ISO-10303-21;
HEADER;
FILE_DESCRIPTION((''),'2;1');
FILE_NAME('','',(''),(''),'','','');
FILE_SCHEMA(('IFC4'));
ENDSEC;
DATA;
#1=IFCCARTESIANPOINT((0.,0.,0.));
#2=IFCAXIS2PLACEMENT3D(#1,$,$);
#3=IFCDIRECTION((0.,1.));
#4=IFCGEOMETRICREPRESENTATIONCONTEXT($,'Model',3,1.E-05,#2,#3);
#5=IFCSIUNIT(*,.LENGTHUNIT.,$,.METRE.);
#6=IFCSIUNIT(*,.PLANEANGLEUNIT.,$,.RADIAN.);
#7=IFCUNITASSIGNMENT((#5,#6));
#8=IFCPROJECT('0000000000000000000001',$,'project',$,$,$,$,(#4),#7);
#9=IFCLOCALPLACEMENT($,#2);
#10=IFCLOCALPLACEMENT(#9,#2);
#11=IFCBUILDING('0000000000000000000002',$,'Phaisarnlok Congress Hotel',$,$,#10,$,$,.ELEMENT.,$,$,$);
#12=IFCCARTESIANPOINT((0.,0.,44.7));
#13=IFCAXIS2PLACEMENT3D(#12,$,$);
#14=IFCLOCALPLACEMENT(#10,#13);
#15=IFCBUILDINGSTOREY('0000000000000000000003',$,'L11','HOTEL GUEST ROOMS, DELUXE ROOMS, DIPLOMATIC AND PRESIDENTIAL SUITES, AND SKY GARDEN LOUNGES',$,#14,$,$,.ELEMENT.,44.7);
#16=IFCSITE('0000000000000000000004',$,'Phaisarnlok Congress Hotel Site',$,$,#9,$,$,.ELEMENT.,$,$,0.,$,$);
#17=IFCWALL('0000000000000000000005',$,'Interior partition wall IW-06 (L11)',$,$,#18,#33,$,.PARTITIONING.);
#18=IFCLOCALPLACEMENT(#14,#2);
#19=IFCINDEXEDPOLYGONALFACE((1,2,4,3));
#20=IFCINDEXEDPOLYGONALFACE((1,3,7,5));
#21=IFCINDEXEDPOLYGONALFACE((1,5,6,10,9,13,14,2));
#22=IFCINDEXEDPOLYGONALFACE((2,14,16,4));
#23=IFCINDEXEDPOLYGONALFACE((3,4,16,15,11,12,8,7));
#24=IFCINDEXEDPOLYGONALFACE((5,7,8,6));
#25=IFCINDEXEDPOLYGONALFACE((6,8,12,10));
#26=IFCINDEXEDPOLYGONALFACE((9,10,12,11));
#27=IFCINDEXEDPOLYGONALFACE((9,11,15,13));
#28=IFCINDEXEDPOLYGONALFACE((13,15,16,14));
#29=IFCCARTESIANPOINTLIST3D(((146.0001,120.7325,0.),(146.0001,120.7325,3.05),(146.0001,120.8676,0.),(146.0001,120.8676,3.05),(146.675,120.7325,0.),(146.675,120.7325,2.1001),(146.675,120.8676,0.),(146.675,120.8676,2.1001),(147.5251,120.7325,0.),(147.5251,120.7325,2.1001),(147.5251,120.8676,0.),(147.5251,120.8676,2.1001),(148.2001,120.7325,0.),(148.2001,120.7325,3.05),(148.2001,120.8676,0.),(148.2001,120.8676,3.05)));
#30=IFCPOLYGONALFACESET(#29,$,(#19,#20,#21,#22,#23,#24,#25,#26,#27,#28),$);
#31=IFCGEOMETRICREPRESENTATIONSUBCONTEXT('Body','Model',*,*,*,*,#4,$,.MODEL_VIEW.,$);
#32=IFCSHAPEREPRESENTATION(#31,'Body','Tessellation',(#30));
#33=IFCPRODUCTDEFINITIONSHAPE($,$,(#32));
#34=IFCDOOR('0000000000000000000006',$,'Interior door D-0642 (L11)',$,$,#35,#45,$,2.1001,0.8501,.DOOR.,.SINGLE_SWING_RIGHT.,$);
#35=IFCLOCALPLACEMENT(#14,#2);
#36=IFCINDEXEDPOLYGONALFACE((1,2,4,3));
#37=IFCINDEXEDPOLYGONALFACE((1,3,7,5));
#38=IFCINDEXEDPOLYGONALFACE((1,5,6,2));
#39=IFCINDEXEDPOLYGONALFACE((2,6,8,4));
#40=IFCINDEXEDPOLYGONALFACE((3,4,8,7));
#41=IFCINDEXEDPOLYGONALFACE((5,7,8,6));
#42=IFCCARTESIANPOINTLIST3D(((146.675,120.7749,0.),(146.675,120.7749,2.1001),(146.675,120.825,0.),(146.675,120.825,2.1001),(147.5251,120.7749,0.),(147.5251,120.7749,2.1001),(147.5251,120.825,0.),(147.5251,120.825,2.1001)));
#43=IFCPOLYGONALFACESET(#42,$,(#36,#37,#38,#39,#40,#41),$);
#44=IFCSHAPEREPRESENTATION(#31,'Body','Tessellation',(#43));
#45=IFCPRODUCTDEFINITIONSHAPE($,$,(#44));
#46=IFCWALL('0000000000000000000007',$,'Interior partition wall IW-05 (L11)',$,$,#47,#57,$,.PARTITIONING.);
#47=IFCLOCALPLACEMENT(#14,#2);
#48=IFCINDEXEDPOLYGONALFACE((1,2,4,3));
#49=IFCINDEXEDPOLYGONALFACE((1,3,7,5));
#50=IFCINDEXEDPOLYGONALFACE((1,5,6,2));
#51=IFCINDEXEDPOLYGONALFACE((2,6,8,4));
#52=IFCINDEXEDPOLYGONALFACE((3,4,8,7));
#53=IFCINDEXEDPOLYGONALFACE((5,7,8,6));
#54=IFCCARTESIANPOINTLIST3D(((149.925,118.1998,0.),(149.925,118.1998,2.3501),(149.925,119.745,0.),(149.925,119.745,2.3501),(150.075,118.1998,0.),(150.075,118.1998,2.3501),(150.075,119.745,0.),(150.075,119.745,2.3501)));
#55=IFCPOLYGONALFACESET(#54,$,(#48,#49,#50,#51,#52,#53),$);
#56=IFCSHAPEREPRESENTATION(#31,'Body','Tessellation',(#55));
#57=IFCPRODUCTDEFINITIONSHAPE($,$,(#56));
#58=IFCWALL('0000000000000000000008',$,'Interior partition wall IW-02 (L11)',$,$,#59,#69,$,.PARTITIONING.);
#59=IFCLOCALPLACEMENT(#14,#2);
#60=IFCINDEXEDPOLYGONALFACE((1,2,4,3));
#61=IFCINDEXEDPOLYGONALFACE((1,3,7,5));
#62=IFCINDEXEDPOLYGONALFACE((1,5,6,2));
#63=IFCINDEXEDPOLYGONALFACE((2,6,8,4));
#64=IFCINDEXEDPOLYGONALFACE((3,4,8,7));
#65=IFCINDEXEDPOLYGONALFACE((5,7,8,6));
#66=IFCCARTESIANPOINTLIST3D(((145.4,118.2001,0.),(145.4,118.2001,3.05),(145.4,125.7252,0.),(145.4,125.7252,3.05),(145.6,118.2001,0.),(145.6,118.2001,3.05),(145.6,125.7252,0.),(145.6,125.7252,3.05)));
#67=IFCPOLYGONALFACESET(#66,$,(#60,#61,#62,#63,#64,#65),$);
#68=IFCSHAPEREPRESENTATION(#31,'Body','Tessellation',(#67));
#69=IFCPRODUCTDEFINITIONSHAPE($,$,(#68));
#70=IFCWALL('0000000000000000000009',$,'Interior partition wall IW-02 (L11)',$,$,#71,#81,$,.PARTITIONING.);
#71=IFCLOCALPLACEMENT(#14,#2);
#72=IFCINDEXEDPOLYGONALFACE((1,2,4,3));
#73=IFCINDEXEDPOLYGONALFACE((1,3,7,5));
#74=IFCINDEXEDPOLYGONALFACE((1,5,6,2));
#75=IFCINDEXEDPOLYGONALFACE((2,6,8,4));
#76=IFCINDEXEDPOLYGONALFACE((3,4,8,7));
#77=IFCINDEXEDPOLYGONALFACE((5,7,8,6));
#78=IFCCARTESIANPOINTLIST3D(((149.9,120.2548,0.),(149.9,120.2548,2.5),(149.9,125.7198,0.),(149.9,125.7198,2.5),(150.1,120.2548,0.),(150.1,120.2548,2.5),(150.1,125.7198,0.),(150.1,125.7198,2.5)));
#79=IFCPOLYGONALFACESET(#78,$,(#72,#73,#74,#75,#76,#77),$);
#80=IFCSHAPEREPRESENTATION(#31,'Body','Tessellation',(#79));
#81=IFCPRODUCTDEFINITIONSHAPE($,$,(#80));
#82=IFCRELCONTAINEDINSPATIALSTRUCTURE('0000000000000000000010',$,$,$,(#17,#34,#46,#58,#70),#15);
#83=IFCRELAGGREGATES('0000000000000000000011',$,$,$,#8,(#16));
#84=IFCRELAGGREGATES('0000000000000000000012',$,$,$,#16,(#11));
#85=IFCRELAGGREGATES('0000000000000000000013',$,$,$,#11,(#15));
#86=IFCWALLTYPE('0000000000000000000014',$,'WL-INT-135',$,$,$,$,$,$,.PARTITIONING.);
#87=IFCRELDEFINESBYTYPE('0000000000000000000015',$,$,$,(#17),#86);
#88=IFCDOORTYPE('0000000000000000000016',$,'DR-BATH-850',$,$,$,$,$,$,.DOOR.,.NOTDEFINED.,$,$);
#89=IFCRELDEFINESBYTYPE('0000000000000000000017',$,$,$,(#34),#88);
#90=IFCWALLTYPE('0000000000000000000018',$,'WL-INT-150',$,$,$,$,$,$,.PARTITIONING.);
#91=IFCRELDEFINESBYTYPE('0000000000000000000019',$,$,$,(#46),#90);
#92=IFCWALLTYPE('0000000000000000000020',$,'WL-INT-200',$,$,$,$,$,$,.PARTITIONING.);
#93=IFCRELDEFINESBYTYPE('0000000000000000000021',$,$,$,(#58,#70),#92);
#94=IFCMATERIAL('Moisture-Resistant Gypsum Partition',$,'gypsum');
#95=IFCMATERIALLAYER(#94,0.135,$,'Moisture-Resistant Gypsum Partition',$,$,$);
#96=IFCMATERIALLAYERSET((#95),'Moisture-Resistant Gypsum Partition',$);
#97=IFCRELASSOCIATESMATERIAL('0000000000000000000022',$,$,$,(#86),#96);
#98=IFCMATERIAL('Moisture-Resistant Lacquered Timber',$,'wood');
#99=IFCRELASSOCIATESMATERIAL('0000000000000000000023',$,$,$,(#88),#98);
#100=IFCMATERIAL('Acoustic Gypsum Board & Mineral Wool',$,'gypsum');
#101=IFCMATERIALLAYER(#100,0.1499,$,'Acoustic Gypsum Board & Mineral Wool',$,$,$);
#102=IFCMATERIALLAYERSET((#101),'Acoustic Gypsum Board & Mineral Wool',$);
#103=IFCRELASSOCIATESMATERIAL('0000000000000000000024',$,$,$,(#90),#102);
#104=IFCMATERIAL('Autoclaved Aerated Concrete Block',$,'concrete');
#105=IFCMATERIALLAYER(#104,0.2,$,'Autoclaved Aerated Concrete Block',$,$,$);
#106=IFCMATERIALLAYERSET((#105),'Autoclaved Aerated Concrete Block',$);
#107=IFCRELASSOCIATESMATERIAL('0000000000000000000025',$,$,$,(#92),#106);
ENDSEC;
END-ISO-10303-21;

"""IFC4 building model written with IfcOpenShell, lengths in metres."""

from ifc_helpers import new_model, si_unit, direction, frame, frame_2d, origin, place, context, subcontext, project, spatial, rectangle, extrude, material, layer, layer_set, type_object, element, fill, save


model = new_model("IFC4")

# Units and contexts
model_context = context("Model", 3, precision=1e-05, world=origin(), true_north=direction((0.0, 1.0)))
body_context = subcontext(model_context, "Body", "Model", "MODEL_VIEW")
ifc_project = project(units=[si_unit("LENGTHUNIT", "METRE"), si_unit("PLANEANGLEUNIT", "RADIAN")], contexts=[model_context])

# Site, building, storey
site_placement = place(None, origin())
site = spatial("IfcSite", under=ifc_project, at=site_placement, Name="Phaisarnlok Congress Hotel Site", CompositionType="ELEMENT", RefElevation=0.0)
building_placement = place(site_placement, origin())
building = spatial("IfcBuilding", under=site, at=building_placement, Name="Phaisarnlok Congress Hotel", CompositionType="ELEMENT")
storey_placement = place(building_placement, frame((0.0, 0.0, 44.7)))
storey = spatial("IfcBuildingStorey", under=building, at=storey_placement, Name="L11", Description="HOTEL GUEST ROOMS, DELUXE ROOMS, DIPLOMATIC AND PRESIDENTIAL SUITES, AND SKY GARDEN LOUNGES", CompositionType="ELEMENT", Elevation=44.7)

# Shared definitions
ifc_material_1 = material(Name="Moisture-Resistant Gypsum Partition", Category="gypsum")
ifc_layer_1 = layer(ifc_material_1, 0.135, Name="Moisture-Resistant Gypsum Partition")
ifc_layer_set_1 = layer_set([ifc_layer_1], Name="Moisture-Resistant Gypsum Partition")
wall_type_1 = type_object("IfcWallType", Name="WL-INT-135", PredefinedType="PARTITIONING", material=ifc_layer_set_1)

# Wall, opening, door
wall_1_placement = place(storey_placement, frame((146.0, 120.8, 0.0), z_axis=(0.0, 0.0, 1.0), x_axis=(1.0, 0.0, 0.0)))
wall_1 = element("IfcWall", 1, at=wall_1_placement, inside=storey, type_object=wall_type_1, Name="Interior partition wall IW-06 (L11)", PredefinedType="PARTITIONING", context=body_context, shape_type="SweptSolid", body=[
    extrude(rectangle(XDim=2.2, YDim=0.135, at=frame_2d((1.1001, 0.0))), origin(), (0.0, 0.0, 1.0), 3.05),
])
opening_1_placement = place(wall_1_placement, frame((0.675, 0.0, 0.0)))
opening_1 = element("IfcOpeningElement", 2, at=opening_1_placement, cuts=wall_1, PredefinedType="OPENING", context=body_context, shape_type="SweptSolid", body=[
    extrude(rectangle(XDim=0.8501, YDim=2.1001, at=frame_2d((0.425, 1.05))), frame((0.0, 0.0776, 0.0), z_axis=(0.0, -1.0, 0.0), x_axis=(1.0, 0.0, 0.0)), (0.0, 0.0, 1.0), 0.155),
])
ifc_material_2 = material(Name="Moisture-Resistant Lacquered Timber", Category="wood")
door_type = type_object("IfcDoorType", Name="DR-BATH-850", OperationType="NOTDEFINED", PredefinedType="DOOR", material=ifc_material_2)
door_placement = place(opening_1_placement, origin())
door = element("IfcDoor", 3, at=door_placement, inside=storey, type_object=door_type, Name="Interior door D-0642 (L11)", OperationType="SINGLE_SWING_RIGHT", OverallHeight=2.1001, OverallWidth=0.8501, PredefinedType="DOOR", context=body_context, shape_type="SweptSolid", body=[
    extrude(rectangle(XDim=0.8501, YDim=2.1001, at=frame_2d((0.425, 1.05))), frame((0.0, 0.0249, 0.0), z_axis=(0.0, -1.0, 0.0), x_axis=(1.0, 0.0, 0.0)), (0.0, 0.0, 1.0), 0.05),
])
fill(opening_1, door)

# Walls
ifc_material_3 = material(Name="Acoustic Gypsum Board & Mineral Wool", Category="gypsum")
ifc_layer_2 = layer(ifc_material_3, 0.1499, Name="Acoustic Gypsum Board & Mineral Wool")
ifc_layer_set_2 = layer_set([ifc_layer_2], Name="Acoustic Gypsum Board & Mineral Wool")
wall_type_2 = type_object("IfcWallType", Name="WL-INT-150", PredefinedType="PARTITIONING", material=ifc_layer_set_2)
wall_2_placement = place(storey_placement, frame((150.0, 118.2, 0.0), z_axis=(0.0, 0.0, 1.0), x_axis=(0.0, 1.0, 0.0)))
element("IfcWall", 4, at=wall_2_placement, inside=storey, type_object=wall_type_2, Name="Interior partition wall IW-05 (L11)", PredefinedType="PARTITIONING", context=body_context, shape_type="SweptSolid", body=[
    extrude(rectangle(XDim=1.5452, YDim=0.1499, at=frame_2d((0.7725, 0.0))), origin(), (0.0, 0.0, 1.0), 2.3501),
])
ifc_material_4 = material(Name="Autoclaved Aerated Concrete Block", Category="concrete")
ifc_layer_3 = layer(ifc_material_4, 0.2, Name="Autoclaved Aerated Concrete Block")
ifc_layer_set_3 = layer_set([ifc_layer_3], Name="Autoclaved Aerated Concrete Block")
wall_type_3 = type_object("IfcWallType", Name="WL-INT-200", PredefinedType="PARTITIONING", material=ifc_layer_set_3)
wall_3_placement = place(storey_placement, frame((145.5, 118.2, 0.0), z_axis=(0.0, 0.0, 1.0), x_axis=(0.0, 1.0, 0.0)))
element("IfcWall", 5, at=wall_3_placement, inside=storey, type_object=wall_type_3, Name="Interior partition wall IW-02 (L11)", PredefinedType="PARTITIONING", context=body_context, shape_type="SweptSolid", body=[
    extrude(rectangle(XDim=7.5251, YDim=0.2, at=frame_2d((3.7627, 0.0))), origin(), (0.0, 0.0, 1.0), 3.05),
])
wall_4_placement = place(storey_placement, frame((150.0, 120.2549, 0.0), z_axis=(0.0, 0.0, 1.0), x_axis=(0.0, 1.0, 0.0)))
element("IfcWall", 6, at=wall_4_placement, inside=storey, type_object=wall_type_3, Name="Interior partition wall IW-02 (L11)", PredefinedType="PARTITIONING", context=body_context, shape_type="SweptSolid", body=[
    extrude(rectangle(XDim=5.4651, YDim=0.2, at=frame_2d((2.7324, 0.0))), origin(), (0.0, 0.0, 1.0), 2.5),
])

save(model, "model.ifc")
